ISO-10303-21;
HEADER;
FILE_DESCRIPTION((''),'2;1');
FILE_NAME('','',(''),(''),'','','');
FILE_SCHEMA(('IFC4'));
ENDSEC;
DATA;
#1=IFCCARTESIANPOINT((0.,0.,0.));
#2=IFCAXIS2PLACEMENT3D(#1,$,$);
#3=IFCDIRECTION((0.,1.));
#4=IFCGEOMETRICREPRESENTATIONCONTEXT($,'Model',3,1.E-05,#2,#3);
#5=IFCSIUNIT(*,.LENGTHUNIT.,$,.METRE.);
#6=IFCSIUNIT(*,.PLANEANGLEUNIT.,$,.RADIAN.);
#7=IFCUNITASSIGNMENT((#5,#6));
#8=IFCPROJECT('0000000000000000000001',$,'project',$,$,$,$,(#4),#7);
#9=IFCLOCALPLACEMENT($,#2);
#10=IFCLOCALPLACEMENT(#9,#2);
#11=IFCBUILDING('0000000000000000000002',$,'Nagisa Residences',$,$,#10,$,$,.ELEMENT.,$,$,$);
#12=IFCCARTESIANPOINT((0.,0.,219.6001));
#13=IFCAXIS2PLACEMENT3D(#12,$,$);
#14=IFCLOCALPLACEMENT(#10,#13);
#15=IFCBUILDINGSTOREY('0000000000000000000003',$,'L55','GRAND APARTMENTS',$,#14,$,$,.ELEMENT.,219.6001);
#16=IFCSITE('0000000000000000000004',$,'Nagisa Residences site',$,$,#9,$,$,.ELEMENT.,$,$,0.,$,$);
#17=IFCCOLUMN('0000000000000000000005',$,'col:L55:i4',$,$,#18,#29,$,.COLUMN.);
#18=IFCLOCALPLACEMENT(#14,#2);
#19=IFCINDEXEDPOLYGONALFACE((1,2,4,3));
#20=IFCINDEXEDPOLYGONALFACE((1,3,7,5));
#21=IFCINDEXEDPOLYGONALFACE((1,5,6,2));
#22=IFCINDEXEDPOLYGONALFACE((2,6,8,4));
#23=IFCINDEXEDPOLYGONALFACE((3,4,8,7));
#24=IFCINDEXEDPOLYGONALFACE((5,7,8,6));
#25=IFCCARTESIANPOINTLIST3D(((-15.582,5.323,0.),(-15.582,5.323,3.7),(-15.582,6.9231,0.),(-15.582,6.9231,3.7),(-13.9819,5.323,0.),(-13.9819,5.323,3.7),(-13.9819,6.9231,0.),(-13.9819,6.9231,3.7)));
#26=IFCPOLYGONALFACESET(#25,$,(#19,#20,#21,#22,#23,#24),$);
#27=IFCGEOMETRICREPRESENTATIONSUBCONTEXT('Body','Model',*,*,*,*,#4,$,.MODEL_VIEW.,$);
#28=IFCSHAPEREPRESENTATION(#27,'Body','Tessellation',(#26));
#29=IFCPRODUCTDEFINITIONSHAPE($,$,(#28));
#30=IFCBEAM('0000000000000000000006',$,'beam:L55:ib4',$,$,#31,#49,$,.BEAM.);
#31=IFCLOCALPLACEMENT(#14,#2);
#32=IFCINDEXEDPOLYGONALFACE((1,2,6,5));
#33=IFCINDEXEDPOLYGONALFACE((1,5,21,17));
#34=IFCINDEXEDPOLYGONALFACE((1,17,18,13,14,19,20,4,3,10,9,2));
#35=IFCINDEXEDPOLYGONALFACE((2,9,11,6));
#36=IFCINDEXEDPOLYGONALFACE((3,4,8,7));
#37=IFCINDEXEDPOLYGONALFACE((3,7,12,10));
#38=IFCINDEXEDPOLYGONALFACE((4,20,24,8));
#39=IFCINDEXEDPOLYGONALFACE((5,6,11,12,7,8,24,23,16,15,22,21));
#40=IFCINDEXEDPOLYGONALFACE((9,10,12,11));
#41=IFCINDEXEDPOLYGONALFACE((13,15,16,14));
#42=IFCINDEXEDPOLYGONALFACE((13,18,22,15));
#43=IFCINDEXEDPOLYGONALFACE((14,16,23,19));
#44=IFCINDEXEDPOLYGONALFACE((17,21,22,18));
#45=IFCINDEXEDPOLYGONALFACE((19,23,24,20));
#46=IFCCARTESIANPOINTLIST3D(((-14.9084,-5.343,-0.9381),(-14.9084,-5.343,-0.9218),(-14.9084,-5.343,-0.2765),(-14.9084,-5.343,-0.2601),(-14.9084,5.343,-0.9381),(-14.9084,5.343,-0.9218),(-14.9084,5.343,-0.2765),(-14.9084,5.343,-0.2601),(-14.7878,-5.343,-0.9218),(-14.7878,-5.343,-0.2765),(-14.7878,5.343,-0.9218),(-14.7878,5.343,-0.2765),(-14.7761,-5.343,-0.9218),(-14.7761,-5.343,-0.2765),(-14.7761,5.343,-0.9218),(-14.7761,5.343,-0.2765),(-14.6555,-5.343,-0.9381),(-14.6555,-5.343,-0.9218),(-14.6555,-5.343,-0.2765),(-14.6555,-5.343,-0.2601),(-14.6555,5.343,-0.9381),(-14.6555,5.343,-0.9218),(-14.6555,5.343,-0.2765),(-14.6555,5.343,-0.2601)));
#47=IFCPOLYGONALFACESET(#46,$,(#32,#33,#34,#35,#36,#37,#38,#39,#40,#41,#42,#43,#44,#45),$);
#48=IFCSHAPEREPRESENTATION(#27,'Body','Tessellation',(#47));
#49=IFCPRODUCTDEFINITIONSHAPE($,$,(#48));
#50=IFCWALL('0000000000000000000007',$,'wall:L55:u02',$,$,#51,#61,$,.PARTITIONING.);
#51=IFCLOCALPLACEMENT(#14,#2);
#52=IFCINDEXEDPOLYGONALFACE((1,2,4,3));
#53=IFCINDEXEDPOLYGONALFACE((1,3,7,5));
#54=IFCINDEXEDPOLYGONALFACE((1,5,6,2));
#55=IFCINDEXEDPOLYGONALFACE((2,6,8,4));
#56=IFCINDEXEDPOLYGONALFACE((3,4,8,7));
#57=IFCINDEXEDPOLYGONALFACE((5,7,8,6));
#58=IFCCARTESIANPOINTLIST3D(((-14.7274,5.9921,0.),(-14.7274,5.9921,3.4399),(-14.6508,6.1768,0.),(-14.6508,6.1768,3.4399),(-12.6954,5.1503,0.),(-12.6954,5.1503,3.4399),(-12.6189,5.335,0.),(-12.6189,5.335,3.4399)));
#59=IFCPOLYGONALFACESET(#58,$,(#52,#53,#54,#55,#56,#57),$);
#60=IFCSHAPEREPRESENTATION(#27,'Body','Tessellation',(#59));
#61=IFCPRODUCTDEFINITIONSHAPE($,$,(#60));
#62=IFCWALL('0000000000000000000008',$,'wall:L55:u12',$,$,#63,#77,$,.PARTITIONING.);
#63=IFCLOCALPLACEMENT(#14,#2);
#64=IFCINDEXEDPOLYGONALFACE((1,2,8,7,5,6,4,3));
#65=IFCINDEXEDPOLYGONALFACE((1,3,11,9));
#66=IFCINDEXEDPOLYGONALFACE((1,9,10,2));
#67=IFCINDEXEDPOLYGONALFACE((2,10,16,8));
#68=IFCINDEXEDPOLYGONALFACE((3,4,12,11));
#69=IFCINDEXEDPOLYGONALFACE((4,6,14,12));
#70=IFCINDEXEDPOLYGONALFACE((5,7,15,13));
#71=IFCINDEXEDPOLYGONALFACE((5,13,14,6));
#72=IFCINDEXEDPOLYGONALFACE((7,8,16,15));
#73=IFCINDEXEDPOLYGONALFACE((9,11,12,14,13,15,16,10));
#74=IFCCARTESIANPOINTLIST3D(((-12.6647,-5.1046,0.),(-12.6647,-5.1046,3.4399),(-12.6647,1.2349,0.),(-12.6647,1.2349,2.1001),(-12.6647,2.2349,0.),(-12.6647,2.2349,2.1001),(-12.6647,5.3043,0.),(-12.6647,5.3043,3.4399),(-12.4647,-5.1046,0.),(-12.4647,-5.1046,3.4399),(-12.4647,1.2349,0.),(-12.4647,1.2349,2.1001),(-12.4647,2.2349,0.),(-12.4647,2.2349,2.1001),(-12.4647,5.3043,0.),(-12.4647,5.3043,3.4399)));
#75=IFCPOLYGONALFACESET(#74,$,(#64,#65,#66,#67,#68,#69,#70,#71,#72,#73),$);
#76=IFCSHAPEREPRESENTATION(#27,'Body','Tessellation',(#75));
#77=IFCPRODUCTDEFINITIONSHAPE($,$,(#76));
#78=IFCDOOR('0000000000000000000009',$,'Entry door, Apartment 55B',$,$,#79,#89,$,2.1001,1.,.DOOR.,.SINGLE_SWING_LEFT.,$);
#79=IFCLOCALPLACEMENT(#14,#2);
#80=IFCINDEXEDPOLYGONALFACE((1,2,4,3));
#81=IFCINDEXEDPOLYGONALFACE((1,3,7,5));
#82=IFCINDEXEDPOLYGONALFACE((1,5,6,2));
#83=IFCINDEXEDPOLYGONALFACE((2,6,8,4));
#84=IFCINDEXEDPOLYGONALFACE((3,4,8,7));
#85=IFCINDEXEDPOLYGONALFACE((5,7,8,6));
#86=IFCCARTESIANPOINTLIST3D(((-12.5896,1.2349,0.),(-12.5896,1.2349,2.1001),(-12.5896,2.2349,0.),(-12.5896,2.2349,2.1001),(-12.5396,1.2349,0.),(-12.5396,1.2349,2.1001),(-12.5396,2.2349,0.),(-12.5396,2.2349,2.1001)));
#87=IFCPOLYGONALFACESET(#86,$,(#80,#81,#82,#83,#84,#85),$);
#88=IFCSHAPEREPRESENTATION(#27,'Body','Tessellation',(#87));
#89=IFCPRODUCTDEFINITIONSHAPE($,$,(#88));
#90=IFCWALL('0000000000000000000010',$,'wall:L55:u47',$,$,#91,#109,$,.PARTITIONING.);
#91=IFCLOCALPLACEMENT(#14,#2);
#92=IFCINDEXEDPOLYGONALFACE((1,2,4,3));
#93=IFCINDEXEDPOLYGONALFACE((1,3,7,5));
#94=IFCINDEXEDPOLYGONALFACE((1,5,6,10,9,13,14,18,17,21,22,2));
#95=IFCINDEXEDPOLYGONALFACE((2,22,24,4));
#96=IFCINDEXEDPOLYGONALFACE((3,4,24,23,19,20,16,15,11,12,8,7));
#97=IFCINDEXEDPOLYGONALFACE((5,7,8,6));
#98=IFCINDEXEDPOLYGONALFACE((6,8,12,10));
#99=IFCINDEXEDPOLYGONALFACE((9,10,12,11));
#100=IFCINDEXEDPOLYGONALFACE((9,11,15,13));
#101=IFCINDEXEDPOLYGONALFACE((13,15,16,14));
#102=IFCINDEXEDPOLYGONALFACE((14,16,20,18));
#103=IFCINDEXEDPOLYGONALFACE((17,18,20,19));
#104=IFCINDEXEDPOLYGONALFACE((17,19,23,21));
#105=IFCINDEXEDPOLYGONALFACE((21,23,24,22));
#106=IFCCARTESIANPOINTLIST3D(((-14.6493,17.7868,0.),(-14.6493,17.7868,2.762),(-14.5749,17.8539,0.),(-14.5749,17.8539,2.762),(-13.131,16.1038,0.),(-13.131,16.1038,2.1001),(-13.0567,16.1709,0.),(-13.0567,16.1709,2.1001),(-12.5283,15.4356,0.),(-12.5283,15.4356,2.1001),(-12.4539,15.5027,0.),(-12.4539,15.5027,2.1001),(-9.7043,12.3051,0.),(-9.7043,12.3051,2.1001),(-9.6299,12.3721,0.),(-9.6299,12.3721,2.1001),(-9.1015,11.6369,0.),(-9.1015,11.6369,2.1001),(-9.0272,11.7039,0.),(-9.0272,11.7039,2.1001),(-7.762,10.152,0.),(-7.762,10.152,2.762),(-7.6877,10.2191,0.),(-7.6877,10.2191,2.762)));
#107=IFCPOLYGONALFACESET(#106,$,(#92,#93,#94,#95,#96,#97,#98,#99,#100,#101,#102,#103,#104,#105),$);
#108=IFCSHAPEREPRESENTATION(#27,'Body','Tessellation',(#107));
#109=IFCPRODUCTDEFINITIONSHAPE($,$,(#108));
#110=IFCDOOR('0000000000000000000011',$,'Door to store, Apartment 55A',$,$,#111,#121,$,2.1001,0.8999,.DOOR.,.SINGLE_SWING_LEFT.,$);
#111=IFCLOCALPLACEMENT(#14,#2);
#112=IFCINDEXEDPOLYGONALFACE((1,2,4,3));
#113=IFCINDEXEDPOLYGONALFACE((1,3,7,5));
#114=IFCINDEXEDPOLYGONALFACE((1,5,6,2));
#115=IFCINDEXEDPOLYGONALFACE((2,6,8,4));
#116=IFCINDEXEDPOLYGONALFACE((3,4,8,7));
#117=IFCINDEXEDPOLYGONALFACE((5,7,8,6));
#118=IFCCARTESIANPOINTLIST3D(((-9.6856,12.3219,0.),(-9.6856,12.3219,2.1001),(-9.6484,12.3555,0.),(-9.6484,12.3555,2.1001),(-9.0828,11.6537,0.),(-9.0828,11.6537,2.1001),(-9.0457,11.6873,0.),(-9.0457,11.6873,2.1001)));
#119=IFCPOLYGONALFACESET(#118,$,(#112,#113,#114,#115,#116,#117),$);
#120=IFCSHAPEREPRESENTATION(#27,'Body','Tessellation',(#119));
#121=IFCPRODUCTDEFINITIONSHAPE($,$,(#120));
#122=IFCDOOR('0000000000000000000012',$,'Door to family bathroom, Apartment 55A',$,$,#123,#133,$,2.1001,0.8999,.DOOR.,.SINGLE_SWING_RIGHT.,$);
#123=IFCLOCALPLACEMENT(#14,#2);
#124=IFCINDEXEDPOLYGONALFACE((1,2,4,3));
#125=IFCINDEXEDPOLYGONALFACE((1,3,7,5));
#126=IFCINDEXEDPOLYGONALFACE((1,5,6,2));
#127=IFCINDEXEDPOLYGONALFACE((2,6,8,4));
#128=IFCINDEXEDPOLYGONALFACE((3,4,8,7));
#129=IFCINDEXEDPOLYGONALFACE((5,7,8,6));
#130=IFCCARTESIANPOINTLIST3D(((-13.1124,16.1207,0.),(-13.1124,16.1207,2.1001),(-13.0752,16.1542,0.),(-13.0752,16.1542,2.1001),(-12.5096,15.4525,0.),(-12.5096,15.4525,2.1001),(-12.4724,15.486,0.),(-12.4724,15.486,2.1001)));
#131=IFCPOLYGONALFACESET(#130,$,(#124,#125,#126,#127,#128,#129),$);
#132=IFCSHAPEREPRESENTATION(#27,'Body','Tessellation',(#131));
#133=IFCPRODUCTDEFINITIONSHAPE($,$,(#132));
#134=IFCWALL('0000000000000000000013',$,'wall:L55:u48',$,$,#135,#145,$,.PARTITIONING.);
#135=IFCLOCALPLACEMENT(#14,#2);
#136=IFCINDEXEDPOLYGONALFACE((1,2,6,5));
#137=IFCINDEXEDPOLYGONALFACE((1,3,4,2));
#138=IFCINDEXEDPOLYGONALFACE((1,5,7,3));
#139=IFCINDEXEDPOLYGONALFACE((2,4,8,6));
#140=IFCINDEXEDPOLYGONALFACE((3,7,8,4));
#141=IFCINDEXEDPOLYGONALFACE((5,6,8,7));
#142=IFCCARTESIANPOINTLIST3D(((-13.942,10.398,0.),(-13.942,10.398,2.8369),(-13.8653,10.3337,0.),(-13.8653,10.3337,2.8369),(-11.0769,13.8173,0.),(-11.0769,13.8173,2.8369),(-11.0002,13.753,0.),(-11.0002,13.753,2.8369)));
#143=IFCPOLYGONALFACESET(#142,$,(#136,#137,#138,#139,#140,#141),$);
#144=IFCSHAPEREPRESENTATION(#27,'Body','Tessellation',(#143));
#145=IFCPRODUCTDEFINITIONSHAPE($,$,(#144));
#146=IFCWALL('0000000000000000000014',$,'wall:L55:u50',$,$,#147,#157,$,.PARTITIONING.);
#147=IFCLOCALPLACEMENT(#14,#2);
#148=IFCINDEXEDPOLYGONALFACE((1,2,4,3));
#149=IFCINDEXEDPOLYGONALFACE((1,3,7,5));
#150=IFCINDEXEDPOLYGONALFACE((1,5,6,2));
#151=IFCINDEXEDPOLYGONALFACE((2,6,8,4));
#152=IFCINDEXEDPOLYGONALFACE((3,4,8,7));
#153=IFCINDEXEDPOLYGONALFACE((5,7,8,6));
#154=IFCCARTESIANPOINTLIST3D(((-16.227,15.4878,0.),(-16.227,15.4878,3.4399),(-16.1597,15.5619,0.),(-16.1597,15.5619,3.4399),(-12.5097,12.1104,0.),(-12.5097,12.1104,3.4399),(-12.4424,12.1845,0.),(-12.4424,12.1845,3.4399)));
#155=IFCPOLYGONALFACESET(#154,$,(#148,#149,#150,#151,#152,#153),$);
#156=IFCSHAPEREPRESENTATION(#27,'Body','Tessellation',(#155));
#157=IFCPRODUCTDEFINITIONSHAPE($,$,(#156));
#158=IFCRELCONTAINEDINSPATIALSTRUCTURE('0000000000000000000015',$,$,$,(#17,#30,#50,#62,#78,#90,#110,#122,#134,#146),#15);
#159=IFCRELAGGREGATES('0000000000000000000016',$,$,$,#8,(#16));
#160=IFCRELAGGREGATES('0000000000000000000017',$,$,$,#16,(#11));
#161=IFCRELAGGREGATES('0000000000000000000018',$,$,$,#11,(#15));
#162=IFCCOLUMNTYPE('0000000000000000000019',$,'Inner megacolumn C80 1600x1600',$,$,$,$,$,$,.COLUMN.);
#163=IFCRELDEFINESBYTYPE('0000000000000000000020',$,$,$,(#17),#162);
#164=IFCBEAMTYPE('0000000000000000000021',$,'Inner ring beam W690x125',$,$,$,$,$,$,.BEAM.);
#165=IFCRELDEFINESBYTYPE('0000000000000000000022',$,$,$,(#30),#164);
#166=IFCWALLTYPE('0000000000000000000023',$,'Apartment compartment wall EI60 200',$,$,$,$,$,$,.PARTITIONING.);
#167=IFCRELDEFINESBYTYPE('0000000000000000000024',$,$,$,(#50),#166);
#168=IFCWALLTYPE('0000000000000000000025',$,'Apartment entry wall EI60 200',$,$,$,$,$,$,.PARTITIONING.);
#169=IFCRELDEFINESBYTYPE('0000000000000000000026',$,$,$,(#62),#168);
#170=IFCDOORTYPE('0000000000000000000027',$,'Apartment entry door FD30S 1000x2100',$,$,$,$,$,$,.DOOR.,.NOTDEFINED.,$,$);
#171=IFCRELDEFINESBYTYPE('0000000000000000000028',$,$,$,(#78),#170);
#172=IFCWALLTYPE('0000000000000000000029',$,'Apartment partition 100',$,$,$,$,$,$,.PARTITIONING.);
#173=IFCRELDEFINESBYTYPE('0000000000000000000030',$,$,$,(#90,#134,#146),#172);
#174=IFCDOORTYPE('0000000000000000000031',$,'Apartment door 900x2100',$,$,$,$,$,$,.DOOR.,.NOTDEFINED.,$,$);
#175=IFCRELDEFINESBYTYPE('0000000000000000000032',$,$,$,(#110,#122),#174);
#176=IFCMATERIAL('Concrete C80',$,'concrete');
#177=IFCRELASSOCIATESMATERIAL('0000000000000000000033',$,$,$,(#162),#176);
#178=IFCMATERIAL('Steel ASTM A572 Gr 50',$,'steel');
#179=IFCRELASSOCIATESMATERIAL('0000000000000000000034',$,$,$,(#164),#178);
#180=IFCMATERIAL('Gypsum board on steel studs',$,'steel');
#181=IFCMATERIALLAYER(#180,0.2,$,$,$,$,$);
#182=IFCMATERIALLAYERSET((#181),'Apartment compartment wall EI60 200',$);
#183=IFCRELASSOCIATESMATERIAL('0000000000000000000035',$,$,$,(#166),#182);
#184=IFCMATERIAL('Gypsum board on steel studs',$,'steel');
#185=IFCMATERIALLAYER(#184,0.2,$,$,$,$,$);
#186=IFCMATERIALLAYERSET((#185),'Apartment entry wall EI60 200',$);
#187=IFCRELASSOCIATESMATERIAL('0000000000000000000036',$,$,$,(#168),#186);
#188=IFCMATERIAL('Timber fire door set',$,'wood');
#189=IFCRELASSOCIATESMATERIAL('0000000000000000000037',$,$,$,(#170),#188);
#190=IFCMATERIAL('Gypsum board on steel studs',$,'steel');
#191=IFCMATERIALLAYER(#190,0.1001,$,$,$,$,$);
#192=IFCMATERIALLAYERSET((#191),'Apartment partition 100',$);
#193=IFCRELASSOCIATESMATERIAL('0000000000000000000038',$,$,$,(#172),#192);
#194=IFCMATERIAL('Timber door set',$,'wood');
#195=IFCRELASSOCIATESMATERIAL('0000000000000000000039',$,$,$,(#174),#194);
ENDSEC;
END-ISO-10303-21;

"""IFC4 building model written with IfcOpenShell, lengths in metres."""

from ifc_helpers import new_model, si_unit, direction, frame, frame_2d, origin, origin_2d, place, context, subcontext, project, spatial, rectangle, i_section, extrude, material, layer, layer_set, material_profile, profile_set, type_object, element, fill, save


model = new_model("IFC4")

# Units and contexts
model_context = context("Model", 3, precision=1e-05, world=origin(), true_north=direction((0.0, 1.0)))
body_context = subcontext(model_context, "Body", "Model", "MODEL_VIEW")
ifc_project = project(units=[si_unit("LENGTHUNIT", "METRE"), si_unit("PLANEANGLEUNIT", "RADIAN")], contexts=[model_context])

# Site, building, storey
site_placement = place(None, origin())
site = spatial("IfcSite", under=ifc_project, at=site_placement, Name="Nagisa Residences site", CompositionType="ELEMENT", RefElevation=0.0)
building_placement = place(site_placement, origin())
building = spatial("IfcBuilding", under=site, at=building_placement, Name="Nagisa Residences", CompositionType="ELEMENT")
storey_placement = place(building_placement, frame((0.0, 0.0, 219.6001)))
storey = spatial("IfcBuildingStorey", under=building, at=storey_placement, Name="L55", Description="GRAND APARTMENTS", CompositionType="ELEMENT", Elevation=219.6001)

# Column
ifc_material_1 = material(Name="Concrete C80", Category="concrete")
ifc_material_profile_1 = material_profile(ifc_material_1, rectangle(XDim=1.6001, YDim=1.6001, at=origin_2d()), Name="C80 1600x1600")
ifc_profile_set_1 = profile_set([ifc_material_profile_1], Name="Concrete C80")
column_type = type_object("IfcColumnType", Name="Inner megacolumn C80 1600x1600", PredefinedType="COLUMN", material=ifc_profile_set_1)
column_placement = place(storey_placement, frame((-14.782, 6.123, 0.0), z_axis=(0.0, 0.0, 1.0), x_axis=(1.0, 0.0, 0.0)))
element("IfcColumn", 1, at=column_placement, inside=storey, type_object=column_type, Name="col:L55:i4", PredefinedType="COLUMN", context=body_context, shape_type="SweptSolid", body=[
    extrude(rectangle(XDim=1.6001, YDim=1.6001, at=origin_2d()), origin(), (0.0, 0.0, 1.0), 3.7),
])

# Beam
ifc_material_2 = material(Name="Steel ASTM A572 Gr 50", Category="steel")
ifc_material_profile_2 = material_profile(ifc_material_2, i_section(OverallWidth=0.2529, OverallDepth=0.678, WebThickness=0.0117, FlangeThickness=0.0164, at=origin_2d()), Name="W690x125")
ifc_profile_set_2 = profile_set([ifc_material_profile_2], Name="Steel ASTM A572 Gr 50")
beam_type = type_object("IfcBeamType", Name="Inner ring beam W690x125", PredefinedType="BEAM", material=ifc_profile_set_2)
beam_placement = place(storey_placement, frame((-14.782, 5.343, -0.5991), z_axis=(0.0, -1.0, 0.0), x_axis=(1.0, 0.0, 0.0)))
element("IfcBeam", 2, at=beam_placement, inside=storey, type_object=beam_type, Name="beam:L55:ib4", PredefinedType="BEAM", context=body_context, shape_type="SweptSolid", body=[
    extrude(i_section(OverallWidth=0.2529, OverallDepth=0.678, WebThickness=0.0117, FlangeThickness=0.0164, at=origin_2d()), origin(), (0.0, 0.0, 1.0), 10.686),
])

# Wall
ifc_material_3 = material(Name="Gypsum board on steel studs", Category="steel")
ifc_layer_1 = layer(ifc_material_3, 0.2)
ifc_layer_set_1 = layer_set([ifc_layer_1], Name="Apartment compartment wall EI60 200")
wall_type_1 = type_object("IfcWallType", Name="Apartment compartment wall EI60 200", PredefinedType="PARTITIONING", material=ifc_layer_set_1)
wall_1_placement = place(storey_placement, frame((-12.6572, 5.2427, 0.0), z_axis=(0.0, 0.0, 1.0), x_axis=(-0.92386, 0.382731, 0.0)))
element("IfcWall", 3, at=wall_1_placement, inside=storey, type_object=wall_type_1, Name="wall:L55:u02", PredefinedType="PARTITIONING", context=body_context, shape_type="SweptSolid", body=[
    extrude(rectangle(XDim=2.1995, YDim=0.2, at=frame_2d((1.0996, 0.0))), origin(), (0.0, 0.0, 1.0), 3.4399),
])

# Wall, opening, door
ifc_material_4 = material(Name="Gypsum board on steel studs", Category="steel")
ifc_layer_2 = layer(ifc_material_4, 0.2)
ifc_layer_set_2 = layer_set([ifc_layer_2], Name="Apartment entry wall EI60 200")
wall_type_2 = type_object("IfcWallType", Name="Apartment entry wall EI60 200", PredefinedType="PARTITIONING", material=ifc_layer_set_2)
wall_2_placement = place(storey_placement, frame((-12.5647, 5.3044, 0.0), z_axis=(0.0, 0.0, 1.0), x_axis=(0.0, -1.0, 0.0)))
wall_2 = element("IfcWall", 4, at=wall_2_placement, inside=storey, type_object=wall_type_2, Name="wall:L55:u12", PredefinedType="PARTITIONING", context=body_context, shape_type="SweptSolid", body=[
    extrude(rectangle(XDim=10.4089, YDim=0.2, at=frame_2d((5.2046, 0.0))), origin(), (0.0, 0.0, 1.0), 3.4399),
])
opening_1_placement = place(wall_2_placement, frame((3.0696, 0.0, 0.0)))
opening_1 = element("IfcOpeningElement", 5, at=opening_1_placement, cuts=wall_2, PredefinedType="OPENING", context=body_context, shape_type="SweptSolid", body=[
    extrude(rectangle(XDim=1.0, YDim=2.1001, at=frame_2d((0.5, 1.05))), frame((0.0, 0.1099, 0.0), z_axis=(0.0, -1.0, 0.0), x_axis=(1.0, 0.0, 0.0)), (0.0, 0.0, 1.0), 0.22),
])
ifc_material_5 = material(Name="Timber fire door set", Category="wood")
door_type_1 = type_object("IfcDoorType", Name="Apartment entry door FD30S 1000x2100", OperationType="NOTDEFINED", PredefinedType="DOOR", material=ifc_material_5)
door_1_placement = place(opening_1_placement, frame((1.0, 0.0, 0.0), x_axis=(-1.0, 0.0, 0.0)))
door_1 = element("IfcDoor", 6, at=door_1_placement, inside=storey, type_object=door_type_1, Name="Entry door, Apartment 55B", OperationType="SINGLE_SWING_LEFT", OverallHeight=2.1001, OverallWidth=1.0, PredefinedType="DOOR", context=body_context, shape_type="SweptSolid", body=[
    extrude(rectangle(XDim=1.0, YDim=2.1001, at=frame_2d((0.5, 1.05))), frame((0.0, 0.0249, 0.0), z_axis=(0.0, -1.0, 0.0), x_axis=(1.0, 0.0, 0.0)), (0.0, 0.0, 1.0), 0.05),
])
fill(opening_1, door_1)

# Wall, openings, doors
ifc_material_6 = material(Name="Gypsum board on steel studs", Category="steel")
ifc_layer_3 = layer(ifc_material_6, 0.1001)
ifc_layer_set_3 = layer_set([ifc_layer_3], Name="Apartment partition 100")
wall_type_3 = type_object("IfcWallType", Name="Apartment partition 100", PredefinedType="PARTITIONING", material=ifc_layer_set_3)
wall_3_placement = place(storey_placement, frame((-7.7249, 10.1855, 0.0), z_axis=(0.0, 0.0, 1.0), x_axis=(-0.66982, 0.742524, 0.0)))
wall_3 = element("IfcWall", 7, at=wall_3_placement, inside=storey, type_object=wall_type_3, Name="wall:L55:u47", PredefinedType="PARTITIONING", context=body_context, shape_type="SweptSolid", body=[
    extrude(rectangle(XDim=10.2822, YDim=0.1001, at=frame_2d((5.1411, 0.0))), origin(), (0.0, 0.0, 1.0), 2.762),
])
opening_2_placement = place(wall_3_placement, frame((1.9998, 0.0, 0.0)))
opening_2 = element("IfcOpeningElement", 8, at=opening_2_placement, cuts=wall_3, PredefinedType="OPENING", context=body_context, shape_type="SweptSolid", body=[
    extrude(rectangle(XDim=0.8999, YDim=2.1001, at=frame_2d((0.45, 1.05))), frame((0.0, 0.0601, 0.0), z_axis=(0.0, -1.0, 0.0), x_axis=(1.0, 0.0, 0.0)), (0.0, 0.0, 1.0), 0.1201),
])
opening_3_placement = place(wall_3_placement, frame((7.1157, 0.0, 0.0)))
opening_3 = element("IfcOpeningElement", 9, at=opening_3_placement, cuts=wall_3, PredefinedType="OPENING", context=body_context, shape_type="SweptSolid", body=[
    extrude(rectangle(XDim=0.8999, YDim=2.1001, at=frame_2d((0.45, 1.05))), frame((0.0, 0.0601, 0.0), z_axis=(0.0, -1.0, 0.0), x_axis=(1.0, 0.0, 0.0)), (0.0, 0.0, 1.0), 0.1201),
])
ifc_material_7 = material(Name="Timber door set", Category="wood")
door_type_2 = type_object("IfcDoorType", Name="Apartment door 900x2100", OperationType="NOTDEFINED", PredefinedType="DOOR", material=ifc_material_7)
door_2_placement = place(opening_2_placement, origin())
door_2 = element("IfcDoor", 10, at=door_2_placement, inside=storey, type_object=door_type_2, Name="Door to store, Apartment 55A", OperationType="SINGLE_SWING_LEFT", OverallHeight=2.1001, OverallWidth=0.8999, PredefinedType="DOOR", context=body_context, shape_type="SweptSolid", body=[
    extrude(rectangle(XDim=0.8999, YDim=2.1001, at=frame_2d((0.45, 1.05))), frame((0.0, 0.0249, 0.0), z_axis=(0.0, -1.0, 0.0), x_axis=(1.0, 0.0, 0.0)), (0.0, 0.0, 1.0), 0.05),
])
fill(opening_2, door_2)
door_3_placement = place(opening_3_placement, origin())
door_3 = element("IfcDoor", 11, at=door_3_placement, inside=storey, type_object=door_type_2, Name="Door to family bathroom, Apartment 55A", OperationType="SINGLE_SWING_RIGHT", OverallHeight=2.1001, OverallWidth=0.8999, PredefinedType="DOOR", context=body_context, shape_type="SweptSolid", body=[
    extrude(rectangle(XDim=0.8999, YDim=2.1001, at=frame_2d((0.45, 1.05))), frame((0.0, 0.0249, 0.0), z_axis=(0.0, -1.0, 0.0), x_axis=(1.0, 0.0, 0.0)), (0.0, 0.0, 1.0), 0.05),
])
fill(opening_3, door_3)

# Walls
wall_4_placement = place(storey_placement, frame((-11.0386, 13.7852, 0.0), z_axis=(0.0, 0.0, 1.0), x_axis=(-0.642255, -0.766491, 0.0)))
element("IfcWall", 12, at=wall_4_placement, inside=storey, type_object=wall_type_3, Name="wall:L55:u48", PredefinedType="PARTITIONING", context=body_context, shape_type="SweptSolid", body=[
    extrude(rectangle(XDim=4.4609, YDim=0.1001, at=frame_2d((2.2305, 0.0))), origin(), (0.0, 0.0, 1.0), 2.8369),
])
wall_5_placement = place(storey_placement, frame((-12.4761, 12.1475, 0.0), z_axis=(0.0, 0.0, 1.0), x_axis=(-0.740129, 0.672465, 0.0)))
element("IfcWall", 13, at=wall_5_placement, inside=storey, type_object=wall_type_3, Name="wall:L55:u50", PredefinedType="PARTITIONING", context=body_context, shape_type="SweptSolid", body=[
    extrude(rectangle(XDim=5.0225, YDim=0.1001, at=frame_2d((2.5112, 0.0))), origin(), (0.0, 0.0, 1.0), 3.4399),
])

save(model, "model.ifc")
